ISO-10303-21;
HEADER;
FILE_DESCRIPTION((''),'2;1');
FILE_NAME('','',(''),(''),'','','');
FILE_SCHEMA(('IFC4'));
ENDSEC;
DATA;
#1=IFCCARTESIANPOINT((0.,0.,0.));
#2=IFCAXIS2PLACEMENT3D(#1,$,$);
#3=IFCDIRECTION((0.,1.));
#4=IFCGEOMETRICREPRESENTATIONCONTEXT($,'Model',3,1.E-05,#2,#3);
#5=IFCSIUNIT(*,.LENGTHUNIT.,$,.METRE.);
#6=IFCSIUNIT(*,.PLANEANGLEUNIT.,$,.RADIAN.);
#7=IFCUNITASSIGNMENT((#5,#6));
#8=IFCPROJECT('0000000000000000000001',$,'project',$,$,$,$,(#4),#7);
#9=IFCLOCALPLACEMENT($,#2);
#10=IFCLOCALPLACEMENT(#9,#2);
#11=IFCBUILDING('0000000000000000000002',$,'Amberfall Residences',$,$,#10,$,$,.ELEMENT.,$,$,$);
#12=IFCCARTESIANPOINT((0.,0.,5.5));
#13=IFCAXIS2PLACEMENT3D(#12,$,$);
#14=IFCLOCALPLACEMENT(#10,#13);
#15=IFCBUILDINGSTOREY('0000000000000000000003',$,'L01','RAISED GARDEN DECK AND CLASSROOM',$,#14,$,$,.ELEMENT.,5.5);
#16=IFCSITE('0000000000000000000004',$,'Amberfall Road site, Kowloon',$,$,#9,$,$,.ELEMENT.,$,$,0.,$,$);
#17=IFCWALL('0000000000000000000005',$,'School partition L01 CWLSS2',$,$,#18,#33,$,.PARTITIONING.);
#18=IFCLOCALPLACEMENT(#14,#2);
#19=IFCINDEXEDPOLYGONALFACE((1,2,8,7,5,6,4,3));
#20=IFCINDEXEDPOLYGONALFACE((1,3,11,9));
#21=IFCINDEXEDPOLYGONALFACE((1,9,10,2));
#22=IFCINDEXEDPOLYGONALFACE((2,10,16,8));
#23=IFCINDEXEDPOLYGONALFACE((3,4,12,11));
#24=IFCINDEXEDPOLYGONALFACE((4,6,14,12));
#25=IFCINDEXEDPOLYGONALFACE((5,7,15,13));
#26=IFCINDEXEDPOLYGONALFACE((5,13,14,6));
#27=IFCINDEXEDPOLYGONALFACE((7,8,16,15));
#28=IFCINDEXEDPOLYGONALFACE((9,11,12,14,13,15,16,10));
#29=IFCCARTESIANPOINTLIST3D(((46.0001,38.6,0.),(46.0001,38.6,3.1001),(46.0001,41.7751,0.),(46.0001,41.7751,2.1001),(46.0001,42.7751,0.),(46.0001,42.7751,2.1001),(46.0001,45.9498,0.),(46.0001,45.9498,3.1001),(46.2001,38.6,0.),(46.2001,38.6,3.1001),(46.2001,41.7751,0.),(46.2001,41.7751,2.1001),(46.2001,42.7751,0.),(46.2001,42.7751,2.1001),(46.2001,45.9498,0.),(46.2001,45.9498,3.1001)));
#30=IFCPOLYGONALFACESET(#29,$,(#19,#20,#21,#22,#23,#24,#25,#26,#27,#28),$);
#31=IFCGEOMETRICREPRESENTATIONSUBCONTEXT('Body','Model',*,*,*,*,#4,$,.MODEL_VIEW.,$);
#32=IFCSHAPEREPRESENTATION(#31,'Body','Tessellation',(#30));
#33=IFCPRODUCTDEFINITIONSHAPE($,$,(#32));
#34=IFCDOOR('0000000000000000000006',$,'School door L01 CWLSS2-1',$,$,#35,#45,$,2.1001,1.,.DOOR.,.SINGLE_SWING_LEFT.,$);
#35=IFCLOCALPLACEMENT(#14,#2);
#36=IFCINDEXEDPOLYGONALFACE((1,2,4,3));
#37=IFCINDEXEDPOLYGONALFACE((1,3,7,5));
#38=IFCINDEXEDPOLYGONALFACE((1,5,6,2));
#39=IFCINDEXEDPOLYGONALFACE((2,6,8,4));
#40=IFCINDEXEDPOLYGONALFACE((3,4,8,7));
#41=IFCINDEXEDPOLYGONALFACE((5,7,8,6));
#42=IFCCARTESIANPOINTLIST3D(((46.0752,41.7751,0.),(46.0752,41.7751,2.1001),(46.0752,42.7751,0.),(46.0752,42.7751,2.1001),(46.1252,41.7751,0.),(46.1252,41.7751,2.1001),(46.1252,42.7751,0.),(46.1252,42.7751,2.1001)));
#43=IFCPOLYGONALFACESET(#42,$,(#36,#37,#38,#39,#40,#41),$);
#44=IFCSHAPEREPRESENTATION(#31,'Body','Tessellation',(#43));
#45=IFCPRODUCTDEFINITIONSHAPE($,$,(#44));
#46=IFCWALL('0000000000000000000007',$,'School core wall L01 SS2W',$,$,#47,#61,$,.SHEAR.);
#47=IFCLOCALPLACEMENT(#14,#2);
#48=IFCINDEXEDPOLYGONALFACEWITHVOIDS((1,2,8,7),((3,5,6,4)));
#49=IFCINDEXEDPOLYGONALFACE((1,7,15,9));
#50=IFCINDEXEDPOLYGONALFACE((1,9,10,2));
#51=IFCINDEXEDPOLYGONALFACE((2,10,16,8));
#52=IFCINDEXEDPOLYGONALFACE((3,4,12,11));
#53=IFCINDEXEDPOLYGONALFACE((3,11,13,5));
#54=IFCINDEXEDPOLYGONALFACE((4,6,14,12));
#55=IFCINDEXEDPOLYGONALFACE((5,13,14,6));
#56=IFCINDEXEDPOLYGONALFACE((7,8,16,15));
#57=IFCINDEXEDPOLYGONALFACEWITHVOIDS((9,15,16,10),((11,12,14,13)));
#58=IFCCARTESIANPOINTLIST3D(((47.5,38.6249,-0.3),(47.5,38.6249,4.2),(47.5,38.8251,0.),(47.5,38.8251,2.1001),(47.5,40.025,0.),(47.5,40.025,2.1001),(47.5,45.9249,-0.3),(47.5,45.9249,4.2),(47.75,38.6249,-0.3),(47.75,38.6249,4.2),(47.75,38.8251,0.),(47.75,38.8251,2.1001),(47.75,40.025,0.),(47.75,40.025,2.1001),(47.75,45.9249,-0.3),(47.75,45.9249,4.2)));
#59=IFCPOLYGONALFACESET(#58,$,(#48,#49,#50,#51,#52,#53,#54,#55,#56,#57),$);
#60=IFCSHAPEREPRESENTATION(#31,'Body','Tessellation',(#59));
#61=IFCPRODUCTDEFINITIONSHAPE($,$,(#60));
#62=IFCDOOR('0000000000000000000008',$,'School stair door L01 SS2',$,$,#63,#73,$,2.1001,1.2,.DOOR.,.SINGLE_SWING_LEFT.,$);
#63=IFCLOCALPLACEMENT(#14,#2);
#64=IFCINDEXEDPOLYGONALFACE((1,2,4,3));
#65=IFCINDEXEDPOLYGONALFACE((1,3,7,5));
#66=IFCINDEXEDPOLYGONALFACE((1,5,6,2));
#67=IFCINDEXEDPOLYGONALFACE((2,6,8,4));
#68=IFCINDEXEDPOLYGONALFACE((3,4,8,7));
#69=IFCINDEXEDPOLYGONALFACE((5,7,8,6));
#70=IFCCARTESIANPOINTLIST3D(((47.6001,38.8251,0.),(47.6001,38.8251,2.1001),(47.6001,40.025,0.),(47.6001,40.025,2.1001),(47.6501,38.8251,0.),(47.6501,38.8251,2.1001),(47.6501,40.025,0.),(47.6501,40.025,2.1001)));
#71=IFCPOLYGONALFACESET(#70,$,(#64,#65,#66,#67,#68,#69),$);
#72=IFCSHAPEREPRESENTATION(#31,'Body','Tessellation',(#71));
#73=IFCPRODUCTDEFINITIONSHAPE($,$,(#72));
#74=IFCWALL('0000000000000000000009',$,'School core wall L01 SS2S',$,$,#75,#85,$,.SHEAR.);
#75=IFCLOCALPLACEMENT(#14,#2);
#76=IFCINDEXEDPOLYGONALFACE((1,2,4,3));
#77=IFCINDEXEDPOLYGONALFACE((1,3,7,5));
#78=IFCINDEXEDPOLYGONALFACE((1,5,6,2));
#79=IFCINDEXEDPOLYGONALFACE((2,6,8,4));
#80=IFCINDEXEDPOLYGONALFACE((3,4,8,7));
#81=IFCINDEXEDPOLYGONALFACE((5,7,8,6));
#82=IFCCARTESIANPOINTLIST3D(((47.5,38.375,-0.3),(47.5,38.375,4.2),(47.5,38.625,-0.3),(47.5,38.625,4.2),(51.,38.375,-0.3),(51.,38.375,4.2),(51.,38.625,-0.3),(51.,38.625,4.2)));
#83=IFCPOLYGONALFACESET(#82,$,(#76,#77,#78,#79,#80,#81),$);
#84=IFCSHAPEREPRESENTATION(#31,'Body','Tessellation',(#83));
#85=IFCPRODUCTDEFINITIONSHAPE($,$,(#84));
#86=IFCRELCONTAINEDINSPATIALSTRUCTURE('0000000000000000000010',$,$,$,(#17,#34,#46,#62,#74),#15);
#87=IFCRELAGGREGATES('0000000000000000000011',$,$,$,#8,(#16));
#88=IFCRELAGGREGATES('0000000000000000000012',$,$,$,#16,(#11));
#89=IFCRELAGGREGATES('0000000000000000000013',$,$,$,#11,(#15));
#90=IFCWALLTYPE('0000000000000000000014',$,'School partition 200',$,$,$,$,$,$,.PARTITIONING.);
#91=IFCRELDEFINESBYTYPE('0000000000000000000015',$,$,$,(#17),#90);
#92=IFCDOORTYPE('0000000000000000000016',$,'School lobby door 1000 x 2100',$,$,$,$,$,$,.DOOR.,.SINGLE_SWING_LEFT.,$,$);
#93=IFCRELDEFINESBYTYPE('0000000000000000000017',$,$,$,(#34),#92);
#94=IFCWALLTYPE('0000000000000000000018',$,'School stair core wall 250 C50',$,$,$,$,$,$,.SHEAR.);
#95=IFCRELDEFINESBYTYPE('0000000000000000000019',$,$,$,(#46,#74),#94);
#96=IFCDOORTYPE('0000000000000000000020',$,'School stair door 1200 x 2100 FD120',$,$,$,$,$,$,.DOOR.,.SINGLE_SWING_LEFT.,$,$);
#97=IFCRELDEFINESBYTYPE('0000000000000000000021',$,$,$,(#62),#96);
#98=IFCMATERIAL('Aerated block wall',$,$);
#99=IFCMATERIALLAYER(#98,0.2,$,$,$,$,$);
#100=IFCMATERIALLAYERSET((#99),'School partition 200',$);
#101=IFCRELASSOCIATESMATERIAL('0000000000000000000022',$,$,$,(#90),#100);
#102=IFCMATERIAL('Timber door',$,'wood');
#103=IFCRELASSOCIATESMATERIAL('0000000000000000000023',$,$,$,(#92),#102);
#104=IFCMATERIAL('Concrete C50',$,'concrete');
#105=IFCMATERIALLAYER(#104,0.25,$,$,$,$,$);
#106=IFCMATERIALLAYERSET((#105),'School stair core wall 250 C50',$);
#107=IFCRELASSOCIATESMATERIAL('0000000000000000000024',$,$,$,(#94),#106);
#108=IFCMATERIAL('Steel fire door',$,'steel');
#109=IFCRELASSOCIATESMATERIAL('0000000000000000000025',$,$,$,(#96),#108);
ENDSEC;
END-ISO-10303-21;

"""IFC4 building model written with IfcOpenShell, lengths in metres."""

from ifc_helpers import new_model, si_unit, direction, frame, frame_2d, origin, place, context, subcontext, project, spatial, rectangle, extrude, material, layer, layer_set, type_object, element, fill, save


model = new_model("IFC4")

# Units and contexts
model_context = context("Model", 3, precision=1e-05, world=origin(), true_north=direction((0.0, 1.0)))
body_context = subcontext(model_context, "Body", "Model", "MODEL_VIEW")
ifc_project = project(units=[si_unit("LENGTHUNIT", "METRE"), si_unit("PLANEANGLEUNIT", "RADIAN")], contexts=[model_context])

# Site, building, storey
site_placement = place(None, origin())
site = spatial("IfcSite", under=ifc_project, at=site_placement, Name="Amberfall Road site, Kowloon", CompositionType="ELEMENT", RefElevation=0.0)
building_placement = place(site_placement, origin())
building = spatial("IfcBuilding", under=site, at=building_placement, Name="Amberfall Residences", CompositionType="ELEMENT")
storey_placement = place(building_placement, frame((0.0, 0.0, 5.5)))
storey = spatial("IfcBuildingStorey", under=building, at=storey_placement, Name="L01", Description="RAISED GARDEN DECK AND CLASSROOM", CompositionType="ELEMENT", Elevation=5.5)

# Shared definitions
ifc_material_1 = material(Name="Concrete C50", Category="concrete")

# Shared definitions
ifc_material_2 = material(Name="Aerated block wall")

# Shared definitions
ifc_layer_1 = layer(ifc_material_2, 0.2)
ifc_layer_set_1 = layer_set([ifc_layer_1], Name="School partition 200")
wall_type_1 = type_object("IfcWallType", Name="School partition 200", PredefinedType="PARTITIONING", material=ifc_layer_set_1)
ifc_material_3 = material(Name="Timber door", Category="wood")

# Walls, openings, doors
wall_1_placement = place(storey_placement, frame((46.1001, 38.6001, 0.0), z_axis=(0.0, 0.0, 1.0), x_axis=(0.0, 1.0, 0.0)))
wall_1 = element("IfcWall", 1, at=wall_1_placement, inside=storey, type_object=wall_type_1, Name="School partition L01 CWLSS2", PredefinedType="PARTITIONING", context=body_context, shape_type="SweptSolid", body=[
    extrude(rectangle(XDim=7.3499, YDim=0.2, at=frame_2d((3.6748, 0.0))), origin(), (0.0, 0.0, 1.0), 3.1001),
])
opening_1_placement = place(wall_1_placement, frame((3.175, 0.0, 0.0)))
opening_1 = element("IfcOpeningElement", 2, at=opening_1_placement, cuts=wall_1, PredefinedType="OPENING", context=body_context, shape_type="SweptSolid", body=[
    extrude(rectangle(XDim=1.0, YDim=2.1001, at=frame_2d((0.5, 1.05))), frame((0.0, 0.1099, 0.0), z_axis=(0.0, -1.0, 0.0), x_axis=(1.0, 0.0, 0.0)), (0.0, 0.0, 1.0), 0.22),
])
door_type_1 = type_object("IfcDoorType", Name="School lobby door 1000 x 2100", OperationType="SINGLE_SWING_LEFT", PredefinedType="DOOR", material=ifc_material_3)
door_1_placement = place(opening_1_placement, origin())
door_1 = element("IfcDoor", 3, at=door_1_placement, inside=storey, type_object=door_type_1, Name="School door L01 CWLSS2-1", OperationType="SINGLE_SWING_LEFT", OverallHeight=2.1001, OverallWidth=1.0, PredefinedType="DOOR", context=body_context, shape_type="SweptSolid", body=[
    extrude(rectangle(XDim=1.0, YDim=2.1001, at=frame_2d((0.5, 1.05))), frame((0.0, 0.0249, 0.0), z_axis=(0.0, -1.0, 0.0), x_axis=(1.0, 0.0, 0.0)), (0.0, 0.0, 1.0), 0.05),
])
fill(opening_1, door_1)
ifc_layer_2 = layer(ifc_material_1, 0.25)
ifc_layer_set_2 = layer_set([ifc_layer_2], Name="School stair core wall 250 C50")
wall_type_2 = type_object("IfcWallType", Name="School stair core wall 250 C50", PredefinedType="SHEAR", material=ifc_layer_set_2)
wall_2_placement = place(storey_placement, frame((47.625, 38.625, -0.3), z_axis=(0.0, 0.0, 1.0), x_axis=(0.0, 1.0, 0.0)))
wall_2 = element("IfcWall", 4, at=wall_2_placement, inside=storey, type_object=wall_type_2, Name="School core wall L01 SS2W", PredefinedType="SHEAR", context=body_context, shape_type="SweptSolid", body=[
    extrude(rectangle(XDim=7.3, YDim=0.25, at=frame_2d((3.6499, 0.0))), origin(), (0.0, 0.0, 1.0), 4.5),
])
opening_2_placement = place(wall_2_placement, frame((0.2, 0.0, 0.3)))
opening_2 = element("IfcOpeningElement", 5, at=opening_2_placement, cuts=wall_2, PredefinedType="OPENING", context=body_context, shape_type="SweptSolid", body=[
    extrude(rectangle(XDim=1.2, YDim=2.1001, at=frame_2d((0.6001, 1.05))), frame((0.0, 0.135, 0.0), z_axis=(0.0, -1.0, 0.0), x_axis=(1.0, 0.0, 0.0)), (0.0, 0.0, 1.0), 0.27),
])
ifc_material_4 = material(Name="Steel fire door", Category="steel")
door_type_2 = type_object("IfcDoorType", Name="School stair door 1200 x 2100 FD120", OperationType="SINGLE_SWING_LEFT", PredefinedType="DOOR", material=ifc_material_4)
door_2_placement = place(opening_2_placement, origin())
door_2 = element("IfcDoor", 6, at=door_2_placement, inside=storey, type_object=door_type_2, Name="School stair door L01 SS2", OperationType="SINGLE_SWING_LEFT", OverallHeight=2.1001, OverallWidth=1.2, PredefinedType="DOOR", context=body_context, shape_type="SweptSolid", body=[
    extrude(rectangle(XDim=1.2, YDim=2.1001, at=frame_2d((0.6001, 1.05))), frame((0.0, 0.0249, 0.0), z_axis=(0.0, -1.0, 0.0), x_axis=(1.0, 0.0, 0.0)), (0.0, 0.0, 1.0), 0.05),
])
fill(opening_2, door_2)

# Wall
wall_3_placement = place(storey_placement, frame((47.5, 38.5, -0.3), z_axis=(0.0, 0.0, 1.0), x_axis=(1.0, 0.0, 0.0)))
element("IfcWall", 7, at=wall_3_placement, inside=storey, type_object=wall_type_2, Name="School core wall L01 SS2S", PredefinedType="SHEAR", context=body_context, shape_type="SweptSolid", body=[
    extrude(rectangle(XDim=3.5, YDim=0.25, at=frame_2d((1.75, 0.0))), origin(), (0.0, 0.0, 1.0), 4.5),
])

save(model, "model.ifc")
